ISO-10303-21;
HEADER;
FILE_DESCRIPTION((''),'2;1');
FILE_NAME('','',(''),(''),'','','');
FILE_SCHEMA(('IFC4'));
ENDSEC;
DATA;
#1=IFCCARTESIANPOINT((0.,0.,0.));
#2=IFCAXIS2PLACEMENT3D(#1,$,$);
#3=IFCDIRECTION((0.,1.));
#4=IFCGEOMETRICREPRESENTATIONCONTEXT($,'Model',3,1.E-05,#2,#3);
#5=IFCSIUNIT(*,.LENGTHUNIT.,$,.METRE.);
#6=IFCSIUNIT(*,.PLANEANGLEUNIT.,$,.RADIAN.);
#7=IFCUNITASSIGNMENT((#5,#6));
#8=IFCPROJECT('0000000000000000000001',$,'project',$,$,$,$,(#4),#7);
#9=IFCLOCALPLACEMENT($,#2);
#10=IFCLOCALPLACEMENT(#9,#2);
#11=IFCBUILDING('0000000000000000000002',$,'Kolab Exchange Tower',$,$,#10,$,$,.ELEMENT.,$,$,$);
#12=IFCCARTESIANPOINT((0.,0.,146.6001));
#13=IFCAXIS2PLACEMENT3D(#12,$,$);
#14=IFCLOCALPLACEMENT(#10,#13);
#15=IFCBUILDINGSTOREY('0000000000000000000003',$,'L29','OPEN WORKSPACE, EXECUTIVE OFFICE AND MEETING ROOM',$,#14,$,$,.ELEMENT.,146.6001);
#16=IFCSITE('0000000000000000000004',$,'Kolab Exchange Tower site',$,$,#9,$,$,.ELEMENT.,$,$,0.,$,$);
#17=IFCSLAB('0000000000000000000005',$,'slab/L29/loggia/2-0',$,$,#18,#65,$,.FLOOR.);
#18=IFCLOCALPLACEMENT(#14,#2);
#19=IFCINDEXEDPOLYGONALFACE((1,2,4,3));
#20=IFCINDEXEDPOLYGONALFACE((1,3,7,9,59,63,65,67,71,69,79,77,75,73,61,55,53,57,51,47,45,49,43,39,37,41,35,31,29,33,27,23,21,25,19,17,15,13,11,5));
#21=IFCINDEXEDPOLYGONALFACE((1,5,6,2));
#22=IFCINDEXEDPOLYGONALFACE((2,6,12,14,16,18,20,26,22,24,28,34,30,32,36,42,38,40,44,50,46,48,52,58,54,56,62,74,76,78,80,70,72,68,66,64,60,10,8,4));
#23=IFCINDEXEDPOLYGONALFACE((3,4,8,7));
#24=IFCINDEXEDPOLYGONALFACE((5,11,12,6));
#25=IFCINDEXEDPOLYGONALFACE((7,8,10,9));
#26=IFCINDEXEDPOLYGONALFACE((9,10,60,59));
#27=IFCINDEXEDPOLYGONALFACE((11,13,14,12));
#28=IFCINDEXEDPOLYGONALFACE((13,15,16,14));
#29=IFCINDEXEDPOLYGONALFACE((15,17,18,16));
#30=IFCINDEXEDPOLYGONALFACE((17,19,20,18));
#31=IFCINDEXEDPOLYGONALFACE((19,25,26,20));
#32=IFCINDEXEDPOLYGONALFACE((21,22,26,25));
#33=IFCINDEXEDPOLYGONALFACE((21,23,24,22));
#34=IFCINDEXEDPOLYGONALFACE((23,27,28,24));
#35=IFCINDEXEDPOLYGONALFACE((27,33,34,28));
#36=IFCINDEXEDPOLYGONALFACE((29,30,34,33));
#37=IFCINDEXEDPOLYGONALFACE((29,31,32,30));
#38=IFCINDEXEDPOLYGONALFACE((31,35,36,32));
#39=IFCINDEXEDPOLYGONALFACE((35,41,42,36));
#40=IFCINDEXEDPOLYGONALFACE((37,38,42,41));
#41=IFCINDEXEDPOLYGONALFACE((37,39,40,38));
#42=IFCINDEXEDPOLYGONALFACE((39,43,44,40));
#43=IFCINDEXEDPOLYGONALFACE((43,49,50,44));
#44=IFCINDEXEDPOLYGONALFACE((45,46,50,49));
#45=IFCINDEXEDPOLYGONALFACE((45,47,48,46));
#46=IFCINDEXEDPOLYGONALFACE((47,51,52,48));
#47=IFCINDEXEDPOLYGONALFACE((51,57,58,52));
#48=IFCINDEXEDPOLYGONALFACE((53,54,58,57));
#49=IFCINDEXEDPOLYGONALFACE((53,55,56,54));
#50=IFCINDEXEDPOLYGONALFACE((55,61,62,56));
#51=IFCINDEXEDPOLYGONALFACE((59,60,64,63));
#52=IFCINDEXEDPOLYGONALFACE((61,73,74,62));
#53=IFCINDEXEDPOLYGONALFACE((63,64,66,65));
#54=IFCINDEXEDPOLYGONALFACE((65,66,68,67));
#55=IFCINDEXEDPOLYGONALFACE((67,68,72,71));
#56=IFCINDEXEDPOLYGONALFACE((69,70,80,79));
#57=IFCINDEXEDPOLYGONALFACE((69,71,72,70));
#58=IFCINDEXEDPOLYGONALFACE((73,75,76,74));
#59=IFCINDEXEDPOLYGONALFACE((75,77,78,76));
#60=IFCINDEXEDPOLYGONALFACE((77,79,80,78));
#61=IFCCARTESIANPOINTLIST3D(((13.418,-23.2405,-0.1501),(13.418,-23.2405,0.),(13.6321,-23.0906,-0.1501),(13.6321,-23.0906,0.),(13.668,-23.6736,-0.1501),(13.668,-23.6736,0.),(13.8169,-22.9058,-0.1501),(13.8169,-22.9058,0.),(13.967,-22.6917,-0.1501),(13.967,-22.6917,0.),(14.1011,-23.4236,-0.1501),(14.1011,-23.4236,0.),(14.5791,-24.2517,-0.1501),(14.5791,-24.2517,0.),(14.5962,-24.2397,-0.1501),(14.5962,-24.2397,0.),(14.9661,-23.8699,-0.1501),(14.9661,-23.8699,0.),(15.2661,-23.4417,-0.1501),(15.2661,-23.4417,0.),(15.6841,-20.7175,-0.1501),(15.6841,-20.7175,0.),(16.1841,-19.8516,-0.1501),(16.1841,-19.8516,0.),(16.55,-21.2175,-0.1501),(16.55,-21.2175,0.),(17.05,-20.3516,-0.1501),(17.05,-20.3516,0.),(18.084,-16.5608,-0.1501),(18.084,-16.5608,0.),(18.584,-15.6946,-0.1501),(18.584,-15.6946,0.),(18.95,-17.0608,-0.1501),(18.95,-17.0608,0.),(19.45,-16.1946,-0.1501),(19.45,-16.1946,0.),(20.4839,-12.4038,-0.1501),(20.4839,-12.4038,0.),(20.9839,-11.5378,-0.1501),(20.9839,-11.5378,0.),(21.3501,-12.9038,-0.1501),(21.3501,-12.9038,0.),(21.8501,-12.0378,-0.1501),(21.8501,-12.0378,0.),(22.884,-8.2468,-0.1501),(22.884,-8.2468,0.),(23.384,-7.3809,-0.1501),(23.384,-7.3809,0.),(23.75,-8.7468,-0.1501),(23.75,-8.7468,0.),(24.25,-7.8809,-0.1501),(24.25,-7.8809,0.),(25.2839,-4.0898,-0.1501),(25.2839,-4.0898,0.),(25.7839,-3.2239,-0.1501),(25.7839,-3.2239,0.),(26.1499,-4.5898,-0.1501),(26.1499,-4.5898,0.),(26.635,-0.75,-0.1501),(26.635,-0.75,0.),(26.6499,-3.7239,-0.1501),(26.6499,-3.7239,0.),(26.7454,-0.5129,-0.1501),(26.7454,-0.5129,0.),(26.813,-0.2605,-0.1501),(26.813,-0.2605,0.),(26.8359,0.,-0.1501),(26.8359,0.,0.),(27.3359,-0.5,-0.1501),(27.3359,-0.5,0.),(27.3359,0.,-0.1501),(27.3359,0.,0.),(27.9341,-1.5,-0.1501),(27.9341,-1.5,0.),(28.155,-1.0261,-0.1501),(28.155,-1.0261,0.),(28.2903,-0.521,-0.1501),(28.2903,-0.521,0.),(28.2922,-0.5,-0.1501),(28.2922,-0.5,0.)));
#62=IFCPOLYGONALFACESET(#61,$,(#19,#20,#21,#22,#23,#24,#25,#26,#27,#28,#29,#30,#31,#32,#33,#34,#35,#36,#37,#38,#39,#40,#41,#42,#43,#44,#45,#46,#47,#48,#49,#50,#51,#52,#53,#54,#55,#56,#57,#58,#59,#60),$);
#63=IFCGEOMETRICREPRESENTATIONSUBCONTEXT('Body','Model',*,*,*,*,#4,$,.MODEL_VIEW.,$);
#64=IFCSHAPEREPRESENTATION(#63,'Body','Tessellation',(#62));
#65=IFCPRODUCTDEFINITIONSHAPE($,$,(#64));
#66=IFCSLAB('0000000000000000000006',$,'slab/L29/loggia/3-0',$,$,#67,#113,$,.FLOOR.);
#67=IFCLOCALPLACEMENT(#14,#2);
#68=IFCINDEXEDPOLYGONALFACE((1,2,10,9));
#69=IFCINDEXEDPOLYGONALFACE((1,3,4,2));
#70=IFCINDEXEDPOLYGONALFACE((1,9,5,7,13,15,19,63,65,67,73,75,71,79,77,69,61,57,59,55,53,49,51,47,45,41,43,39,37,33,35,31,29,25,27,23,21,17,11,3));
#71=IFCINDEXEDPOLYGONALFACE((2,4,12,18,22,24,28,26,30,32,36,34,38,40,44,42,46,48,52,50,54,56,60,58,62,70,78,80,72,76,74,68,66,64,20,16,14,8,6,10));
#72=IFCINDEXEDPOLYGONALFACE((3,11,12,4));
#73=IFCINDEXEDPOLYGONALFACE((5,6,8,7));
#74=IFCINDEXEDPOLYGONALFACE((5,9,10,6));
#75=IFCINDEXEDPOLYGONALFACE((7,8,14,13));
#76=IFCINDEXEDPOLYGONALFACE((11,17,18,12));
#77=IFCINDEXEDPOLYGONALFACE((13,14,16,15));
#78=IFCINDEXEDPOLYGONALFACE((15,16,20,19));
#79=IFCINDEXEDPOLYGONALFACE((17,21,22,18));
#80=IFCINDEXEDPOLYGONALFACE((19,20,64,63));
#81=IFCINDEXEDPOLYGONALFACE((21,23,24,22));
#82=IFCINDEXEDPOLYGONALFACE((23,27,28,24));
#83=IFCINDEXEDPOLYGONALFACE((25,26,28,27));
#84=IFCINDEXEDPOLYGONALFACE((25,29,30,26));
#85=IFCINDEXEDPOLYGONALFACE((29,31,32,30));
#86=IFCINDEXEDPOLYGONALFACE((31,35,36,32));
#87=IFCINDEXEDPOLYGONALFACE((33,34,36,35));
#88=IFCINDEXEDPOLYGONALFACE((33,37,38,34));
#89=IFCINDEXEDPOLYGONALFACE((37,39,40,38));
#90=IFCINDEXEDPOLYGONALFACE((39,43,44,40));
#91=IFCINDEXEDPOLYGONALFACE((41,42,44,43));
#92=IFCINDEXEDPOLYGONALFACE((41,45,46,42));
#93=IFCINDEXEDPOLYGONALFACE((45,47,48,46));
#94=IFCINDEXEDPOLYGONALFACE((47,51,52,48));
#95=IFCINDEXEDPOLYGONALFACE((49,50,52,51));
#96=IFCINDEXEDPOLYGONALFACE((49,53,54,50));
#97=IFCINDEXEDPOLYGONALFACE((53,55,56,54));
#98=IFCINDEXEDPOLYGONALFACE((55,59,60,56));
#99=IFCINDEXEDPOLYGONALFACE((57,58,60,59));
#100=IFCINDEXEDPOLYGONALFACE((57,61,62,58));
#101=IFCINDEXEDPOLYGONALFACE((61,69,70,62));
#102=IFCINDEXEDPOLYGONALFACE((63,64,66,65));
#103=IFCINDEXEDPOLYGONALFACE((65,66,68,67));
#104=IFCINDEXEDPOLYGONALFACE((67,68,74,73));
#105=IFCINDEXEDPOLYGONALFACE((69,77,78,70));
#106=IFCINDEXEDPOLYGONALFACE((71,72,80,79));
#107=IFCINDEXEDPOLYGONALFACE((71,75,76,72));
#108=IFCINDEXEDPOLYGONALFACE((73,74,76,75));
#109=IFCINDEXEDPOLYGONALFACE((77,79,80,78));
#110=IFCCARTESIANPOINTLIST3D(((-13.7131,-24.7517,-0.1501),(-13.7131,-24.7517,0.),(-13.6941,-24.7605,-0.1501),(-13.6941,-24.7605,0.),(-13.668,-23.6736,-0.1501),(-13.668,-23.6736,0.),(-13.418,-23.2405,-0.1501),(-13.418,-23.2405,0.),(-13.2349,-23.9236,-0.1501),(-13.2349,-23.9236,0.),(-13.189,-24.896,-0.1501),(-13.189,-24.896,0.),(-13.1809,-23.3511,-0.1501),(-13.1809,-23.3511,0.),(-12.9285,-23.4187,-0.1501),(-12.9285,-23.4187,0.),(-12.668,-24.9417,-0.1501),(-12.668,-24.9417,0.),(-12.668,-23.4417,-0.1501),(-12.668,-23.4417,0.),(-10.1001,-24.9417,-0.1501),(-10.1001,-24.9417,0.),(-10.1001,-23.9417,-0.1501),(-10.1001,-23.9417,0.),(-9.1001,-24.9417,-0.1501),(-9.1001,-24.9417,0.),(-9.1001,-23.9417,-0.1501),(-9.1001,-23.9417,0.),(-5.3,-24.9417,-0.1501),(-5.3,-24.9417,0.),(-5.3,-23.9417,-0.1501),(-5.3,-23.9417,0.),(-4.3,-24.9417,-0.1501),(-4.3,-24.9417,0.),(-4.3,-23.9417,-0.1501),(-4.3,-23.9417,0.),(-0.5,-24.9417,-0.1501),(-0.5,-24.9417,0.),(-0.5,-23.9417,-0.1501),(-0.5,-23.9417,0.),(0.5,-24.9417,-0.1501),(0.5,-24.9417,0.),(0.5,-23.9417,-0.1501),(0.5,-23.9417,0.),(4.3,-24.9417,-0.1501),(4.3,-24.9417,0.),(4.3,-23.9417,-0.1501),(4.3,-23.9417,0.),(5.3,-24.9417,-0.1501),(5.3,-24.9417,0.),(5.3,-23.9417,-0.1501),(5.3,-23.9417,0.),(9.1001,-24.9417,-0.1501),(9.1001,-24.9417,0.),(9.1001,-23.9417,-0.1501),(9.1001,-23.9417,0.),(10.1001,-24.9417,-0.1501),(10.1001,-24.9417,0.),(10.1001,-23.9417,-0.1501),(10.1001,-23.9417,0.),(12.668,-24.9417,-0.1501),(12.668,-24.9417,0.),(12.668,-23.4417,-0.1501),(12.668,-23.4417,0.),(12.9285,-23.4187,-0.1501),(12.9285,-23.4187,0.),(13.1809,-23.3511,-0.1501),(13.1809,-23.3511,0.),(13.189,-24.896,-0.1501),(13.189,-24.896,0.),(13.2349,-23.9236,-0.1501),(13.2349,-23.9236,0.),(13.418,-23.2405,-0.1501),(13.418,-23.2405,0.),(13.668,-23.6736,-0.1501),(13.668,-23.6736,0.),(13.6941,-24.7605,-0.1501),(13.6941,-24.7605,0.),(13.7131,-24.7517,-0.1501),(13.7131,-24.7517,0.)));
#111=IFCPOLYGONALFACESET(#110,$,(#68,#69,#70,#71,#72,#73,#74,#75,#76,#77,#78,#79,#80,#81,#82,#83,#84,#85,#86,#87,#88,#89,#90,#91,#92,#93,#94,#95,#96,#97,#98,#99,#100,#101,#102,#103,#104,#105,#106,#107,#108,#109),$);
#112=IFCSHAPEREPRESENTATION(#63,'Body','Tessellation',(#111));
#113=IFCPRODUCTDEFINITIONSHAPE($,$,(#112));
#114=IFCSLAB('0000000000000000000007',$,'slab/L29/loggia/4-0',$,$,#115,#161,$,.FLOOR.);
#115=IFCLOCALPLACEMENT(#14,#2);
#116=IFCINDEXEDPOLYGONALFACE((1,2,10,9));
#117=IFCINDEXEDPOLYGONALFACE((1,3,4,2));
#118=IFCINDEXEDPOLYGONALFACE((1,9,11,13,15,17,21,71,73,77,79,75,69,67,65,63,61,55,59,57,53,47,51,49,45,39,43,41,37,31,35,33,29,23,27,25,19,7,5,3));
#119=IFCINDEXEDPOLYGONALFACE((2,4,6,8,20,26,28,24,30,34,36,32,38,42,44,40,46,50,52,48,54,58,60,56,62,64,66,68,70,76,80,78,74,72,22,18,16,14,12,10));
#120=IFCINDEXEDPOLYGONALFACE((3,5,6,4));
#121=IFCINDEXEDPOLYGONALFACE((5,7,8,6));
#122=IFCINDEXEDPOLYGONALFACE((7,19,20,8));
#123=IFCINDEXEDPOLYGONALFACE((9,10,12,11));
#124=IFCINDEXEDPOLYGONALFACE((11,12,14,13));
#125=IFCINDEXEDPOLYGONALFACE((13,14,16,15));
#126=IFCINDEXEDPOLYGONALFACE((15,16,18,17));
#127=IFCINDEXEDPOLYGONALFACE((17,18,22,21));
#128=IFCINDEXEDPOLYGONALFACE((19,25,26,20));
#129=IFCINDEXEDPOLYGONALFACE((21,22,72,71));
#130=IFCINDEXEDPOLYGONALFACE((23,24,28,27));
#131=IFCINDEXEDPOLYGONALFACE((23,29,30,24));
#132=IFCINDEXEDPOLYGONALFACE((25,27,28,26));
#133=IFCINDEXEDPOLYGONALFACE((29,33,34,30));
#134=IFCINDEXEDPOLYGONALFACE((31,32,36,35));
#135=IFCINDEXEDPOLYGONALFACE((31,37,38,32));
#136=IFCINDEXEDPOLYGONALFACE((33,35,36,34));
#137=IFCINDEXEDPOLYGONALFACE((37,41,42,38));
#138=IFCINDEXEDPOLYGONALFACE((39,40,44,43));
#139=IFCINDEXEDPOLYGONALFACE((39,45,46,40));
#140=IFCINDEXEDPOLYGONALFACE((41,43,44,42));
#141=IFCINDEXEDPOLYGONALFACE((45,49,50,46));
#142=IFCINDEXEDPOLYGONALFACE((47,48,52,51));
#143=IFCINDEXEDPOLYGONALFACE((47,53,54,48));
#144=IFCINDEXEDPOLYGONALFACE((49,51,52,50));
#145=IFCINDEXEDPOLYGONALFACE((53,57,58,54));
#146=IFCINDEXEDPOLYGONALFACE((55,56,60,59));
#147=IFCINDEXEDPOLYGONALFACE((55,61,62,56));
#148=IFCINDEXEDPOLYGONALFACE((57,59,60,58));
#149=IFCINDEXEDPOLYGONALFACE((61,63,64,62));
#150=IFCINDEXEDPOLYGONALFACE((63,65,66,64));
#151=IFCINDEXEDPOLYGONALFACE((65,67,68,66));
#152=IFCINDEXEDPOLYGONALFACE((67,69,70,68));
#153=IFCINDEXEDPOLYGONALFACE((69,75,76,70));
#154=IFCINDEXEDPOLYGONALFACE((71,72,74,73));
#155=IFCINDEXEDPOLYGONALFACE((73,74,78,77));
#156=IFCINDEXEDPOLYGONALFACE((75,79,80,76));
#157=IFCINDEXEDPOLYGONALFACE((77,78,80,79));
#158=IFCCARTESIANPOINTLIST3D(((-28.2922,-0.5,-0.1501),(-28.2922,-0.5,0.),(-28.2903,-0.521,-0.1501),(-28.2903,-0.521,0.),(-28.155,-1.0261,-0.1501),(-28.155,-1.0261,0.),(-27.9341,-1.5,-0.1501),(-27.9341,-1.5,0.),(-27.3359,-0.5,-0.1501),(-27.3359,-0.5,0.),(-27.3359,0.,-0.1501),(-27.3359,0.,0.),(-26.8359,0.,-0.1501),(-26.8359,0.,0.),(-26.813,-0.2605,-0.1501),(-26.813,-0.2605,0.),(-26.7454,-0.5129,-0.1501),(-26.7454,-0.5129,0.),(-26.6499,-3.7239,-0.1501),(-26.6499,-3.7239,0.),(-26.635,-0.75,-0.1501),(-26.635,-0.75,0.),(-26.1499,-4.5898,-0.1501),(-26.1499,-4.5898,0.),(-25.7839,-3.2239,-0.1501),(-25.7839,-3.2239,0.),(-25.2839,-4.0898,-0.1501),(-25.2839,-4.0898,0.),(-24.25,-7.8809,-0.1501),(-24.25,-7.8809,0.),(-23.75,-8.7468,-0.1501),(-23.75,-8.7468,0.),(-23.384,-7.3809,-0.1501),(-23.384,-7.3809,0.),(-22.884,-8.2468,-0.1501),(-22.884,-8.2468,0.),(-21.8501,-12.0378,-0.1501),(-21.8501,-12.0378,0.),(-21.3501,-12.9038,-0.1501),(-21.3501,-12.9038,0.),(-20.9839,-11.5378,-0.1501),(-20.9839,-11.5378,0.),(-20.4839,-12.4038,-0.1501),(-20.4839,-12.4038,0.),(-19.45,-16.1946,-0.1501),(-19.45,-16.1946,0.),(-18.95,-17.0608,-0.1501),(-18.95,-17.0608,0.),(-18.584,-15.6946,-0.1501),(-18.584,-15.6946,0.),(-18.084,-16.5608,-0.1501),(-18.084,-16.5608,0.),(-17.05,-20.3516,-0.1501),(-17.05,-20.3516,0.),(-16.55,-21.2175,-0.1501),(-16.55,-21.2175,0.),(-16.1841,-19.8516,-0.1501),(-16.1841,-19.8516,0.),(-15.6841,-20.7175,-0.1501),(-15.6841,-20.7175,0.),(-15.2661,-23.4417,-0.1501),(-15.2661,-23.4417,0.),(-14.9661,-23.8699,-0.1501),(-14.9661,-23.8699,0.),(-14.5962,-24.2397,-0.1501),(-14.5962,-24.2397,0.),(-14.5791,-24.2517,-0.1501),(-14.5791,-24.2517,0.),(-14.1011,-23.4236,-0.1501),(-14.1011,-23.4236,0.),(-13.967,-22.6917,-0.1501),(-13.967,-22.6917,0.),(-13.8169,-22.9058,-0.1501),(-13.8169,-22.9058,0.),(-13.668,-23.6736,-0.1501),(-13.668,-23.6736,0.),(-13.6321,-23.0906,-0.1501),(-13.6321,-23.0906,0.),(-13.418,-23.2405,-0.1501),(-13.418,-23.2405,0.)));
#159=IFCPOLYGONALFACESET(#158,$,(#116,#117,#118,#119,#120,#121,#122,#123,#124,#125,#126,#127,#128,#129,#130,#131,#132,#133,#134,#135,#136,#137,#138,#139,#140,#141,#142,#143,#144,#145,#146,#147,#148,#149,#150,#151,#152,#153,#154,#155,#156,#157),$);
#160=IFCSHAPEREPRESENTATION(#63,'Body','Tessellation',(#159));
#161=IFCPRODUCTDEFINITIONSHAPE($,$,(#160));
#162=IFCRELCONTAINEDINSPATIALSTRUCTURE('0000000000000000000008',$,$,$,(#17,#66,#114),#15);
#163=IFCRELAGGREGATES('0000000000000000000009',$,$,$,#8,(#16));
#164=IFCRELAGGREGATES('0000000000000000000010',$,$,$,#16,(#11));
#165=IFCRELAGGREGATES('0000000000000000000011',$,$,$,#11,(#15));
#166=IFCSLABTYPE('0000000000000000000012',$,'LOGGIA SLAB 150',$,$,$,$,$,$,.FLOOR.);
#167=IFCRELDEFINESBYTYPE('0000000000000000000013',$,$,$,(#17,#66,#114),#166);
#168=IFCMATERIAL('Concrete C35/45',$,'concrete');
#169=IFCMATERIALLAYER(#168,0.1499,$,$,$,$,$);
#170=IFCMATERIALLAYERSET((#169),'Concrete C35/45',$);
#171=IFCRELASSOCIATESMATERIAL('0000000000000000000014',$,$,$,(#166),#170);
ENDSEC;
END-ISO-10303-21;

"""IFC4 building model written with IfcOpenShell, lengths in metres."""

from ifc_helpers import new_model, si_unit, direction, frame, origin, place, context, subcontext, project, spatial, polyline, outline, extrude, material, layer, layer_set, type_object, element, save


model = new_model("IFC4")

# Units and contexts
model_context = context("Model", 3, precision=1e-05, world=origin(), true_north=direction((0.0, 1.0)))
body_context = subcontext(model_context, "Body", "Model", "MODEL_VIEW")
ifc_project = project(units=[si_unit("LENGTHUNIT", "METRE"), si_unit("PLANEANGLEUNIT", "RADIAN")], contexts=[model_context])

# Site, building, storey
site_placement = place(None, origin())
site = spatial("IfcSite", under=ifc_project, at=site_placement, Name="Kolab Exchange Tower site", CompositionType="ELEMENT", RefElevation=0.0)
building_placement = place(site_placement, origin())
building = spatial("IfcBuilding", under=site, at=building_placement, Name="Kolab Exchange Tower", CompositionType="ELEMENT")
storey_placement = place(building_placement, frame((0.0, 0.0, 146.6001)))
storey = spatial("IfcBuildingStorey", under=building, at=storey_placement, Name="L29", Description="OPEN WORKSPACE, EXECUTIVE OFFICE AND MEETING ROOM", CompositionType="ELEMENT", Elevation=146.6001)

# Slabs
ifc_material_1 = material(Name="Concrete C35/45", Category="concrete")
ifc_layer_1 = layer(ifc_material_1, 0.1499)
ifc_layer_set_1 = layer_set([ifc_layer_1], Name="Concrete C35/45")
slab_type_1 = type_object("IfcSlabType", Name="LOGGIA SLAB 150", PredefinedType="FLOOR", material=ifc_layer_set_1)
slab_1_placement = place(storey_placement, frame((0.0, 0.0, -0.1501)))
element("IfcSlab", 1, at=slab_1_placement, inside=storey, type_object=slab_type_1, Name="slab/L29/loggia/2-0", PredefinedType="FLOOR", context=body_context, shape_type="SweptSolid", body=[
    extrude(outline(polyline([(15.2661, -23.4417), (16.55, -21.2175), (15.6841, -20.7175), (16.1841, -19.8516), (17.05, -20.3516), (18.95, -17.0608), (18.084, -16.5608), (18.584, -15.6946), (19.45, -16.1946), (21.3501, -12.9038), (20.4839, -12.4038), (20.9839, -11.5378), (21.8501, -12.0378), (23.75, -8.7468), (22.884, -8.2468), (23.384, -7.3809), (24.25, -7.8809), (26.1499, -4.5898), (25.2839, -4.0898), (25.7839, -3.2239), (26.6499, -3.7239), (27.9341, -1.5), (28.155, -1.0261), (28.2903, -0.521), (28.2922, -0.5), (27.3359, -0.5), (27.3359, 0.0), (26.8359, 0.0), (26.813, -0.2605), (26.7454, -0.5129), (26.635, -0.75), (13.967, -22.6917), (13.8169, -22.9058), (13.6321, -23.0906), (13.418, -23.2405), (13.668, -23.6736), (14.1011, -23.4236), (14.5791, -24.2517), (14.5962, -24.2397), (14.9661, -23.8699), (15.2661, -23.4417)])), origin(), (0.0, 0.0, 1.0), 0.1501),
])
slab_2_placement = place(storey_placement, frame((0.0, 0.0, -0.1501)))
element("IfcSlab", 2, at=slab_2_placement, inside=storey, type_object=slab_type_1, Name="slab/L29/loggia/3-0", PredefinedType="FLOOR", context=body_context, shape_type="SweptSolid", body=[
    extrude(outline(polyline([(-13.418, -23.2405), (-13.668, -23.6736), (-13.2349, -23.9236), (-13.7131, -24.7517), (-13.6941, -24.7605), (-13.189, -24.896), (-12.668, -24.9417), (-10.1001, -24.9417), (-10.1001, -23.9417), (-9.1001, -23.9417), (-9.1001, -24.9417), (-5.3, -24.9417), (-5.3, -23.9417), (-4.3, -23.9417), (-4.3, -24.9417), (-0.5, -24.9417), (-0.5, -23.9417), (0.5, -23.9417), (0.5, -24.9417), (4.3, -24.9417), (4.3, -23.9417), (5.3, -23.9417), (5.3, -24.9417), (9.1001, -24.9417), (9.1001, -23.9417), (10.1001, -23.9417), (10.1001, -24.9417), (12.668, -24.9417), (13.189, -24.896), (13.6941, -24.7605), (13.7131, -24.7517), (13.2349, -23.9236), (13.668, -23.6736), (13.418, -23.2405), (13.1809, -23.3511), (12.9285, -23.4187), (12.668, -23.4417), (-12.668, -23.4417), (-12.9285, -23.4187), (-13.1809, -23.3511), (-13.418, -23.2405)])), origin(), (0.0, 0.0, 1.0), 0.1501),
])
slab_3_placement = place(storey_placement, frame((0.0, 0.0, -0.1501)))
element("IfcSlab", 3, at=slab_3_placement, inside=storey, type_object=slab_type_1, Name="slab/L29/loggia/4-0", PredefinedType="FLOOR", context=body_context, shape_type="SweptSolid", body=[
    extrude(outline(polyline([(-26.8359, 0.0), (-27.3359, 0.0), (-27.3359, -0.5), (-28.2922, -0.5), (-28.2903, -0.521), (-28.155, -1.0261), (-27.9341, -1.5), (-26.6499, -3.7239), (-25.7839, -3.2239), (-25.2839, -4.0898), (-26.1499, -4.5898), (-24.25, -7.8809), (-23.384, -7.3809), (-22.884, -8.2468), (-23.75, -8.7468), (-21.8501, -12.0378), (-20.9839, -11.5378), (-20.4839, -12.4038), (-21.3501, -12.9038), (-19.45, -16.1946), (-18.584, -15.6946), (-18.084, -16.5608), (-18.95, -17.0608), (-17.05, -20.3516), (-16.1841, -19.8516), (-15.6841, -20.7175), (-16.55, -21.2175), (-15.2661, -23.4417), (-14.9661, -23.8699), (-14.5962, -24.2397), (-14.5791, -24.2517), (-14.1011, -23.4236), (-13.668, -23.6736), (-13.418, -23.2405), (-13.6321, -23.0906), (-13.8169, -22.9058), (-13.967, -22.6917), (-26.635, -0.75), (-26.7454, -0.5129), (-26.813, -0.2605), (-26.8359, 0.0)])), origin(), (0.0, 0.0, 1.0), 0.1501),
])

save(model, "model.ifc")
